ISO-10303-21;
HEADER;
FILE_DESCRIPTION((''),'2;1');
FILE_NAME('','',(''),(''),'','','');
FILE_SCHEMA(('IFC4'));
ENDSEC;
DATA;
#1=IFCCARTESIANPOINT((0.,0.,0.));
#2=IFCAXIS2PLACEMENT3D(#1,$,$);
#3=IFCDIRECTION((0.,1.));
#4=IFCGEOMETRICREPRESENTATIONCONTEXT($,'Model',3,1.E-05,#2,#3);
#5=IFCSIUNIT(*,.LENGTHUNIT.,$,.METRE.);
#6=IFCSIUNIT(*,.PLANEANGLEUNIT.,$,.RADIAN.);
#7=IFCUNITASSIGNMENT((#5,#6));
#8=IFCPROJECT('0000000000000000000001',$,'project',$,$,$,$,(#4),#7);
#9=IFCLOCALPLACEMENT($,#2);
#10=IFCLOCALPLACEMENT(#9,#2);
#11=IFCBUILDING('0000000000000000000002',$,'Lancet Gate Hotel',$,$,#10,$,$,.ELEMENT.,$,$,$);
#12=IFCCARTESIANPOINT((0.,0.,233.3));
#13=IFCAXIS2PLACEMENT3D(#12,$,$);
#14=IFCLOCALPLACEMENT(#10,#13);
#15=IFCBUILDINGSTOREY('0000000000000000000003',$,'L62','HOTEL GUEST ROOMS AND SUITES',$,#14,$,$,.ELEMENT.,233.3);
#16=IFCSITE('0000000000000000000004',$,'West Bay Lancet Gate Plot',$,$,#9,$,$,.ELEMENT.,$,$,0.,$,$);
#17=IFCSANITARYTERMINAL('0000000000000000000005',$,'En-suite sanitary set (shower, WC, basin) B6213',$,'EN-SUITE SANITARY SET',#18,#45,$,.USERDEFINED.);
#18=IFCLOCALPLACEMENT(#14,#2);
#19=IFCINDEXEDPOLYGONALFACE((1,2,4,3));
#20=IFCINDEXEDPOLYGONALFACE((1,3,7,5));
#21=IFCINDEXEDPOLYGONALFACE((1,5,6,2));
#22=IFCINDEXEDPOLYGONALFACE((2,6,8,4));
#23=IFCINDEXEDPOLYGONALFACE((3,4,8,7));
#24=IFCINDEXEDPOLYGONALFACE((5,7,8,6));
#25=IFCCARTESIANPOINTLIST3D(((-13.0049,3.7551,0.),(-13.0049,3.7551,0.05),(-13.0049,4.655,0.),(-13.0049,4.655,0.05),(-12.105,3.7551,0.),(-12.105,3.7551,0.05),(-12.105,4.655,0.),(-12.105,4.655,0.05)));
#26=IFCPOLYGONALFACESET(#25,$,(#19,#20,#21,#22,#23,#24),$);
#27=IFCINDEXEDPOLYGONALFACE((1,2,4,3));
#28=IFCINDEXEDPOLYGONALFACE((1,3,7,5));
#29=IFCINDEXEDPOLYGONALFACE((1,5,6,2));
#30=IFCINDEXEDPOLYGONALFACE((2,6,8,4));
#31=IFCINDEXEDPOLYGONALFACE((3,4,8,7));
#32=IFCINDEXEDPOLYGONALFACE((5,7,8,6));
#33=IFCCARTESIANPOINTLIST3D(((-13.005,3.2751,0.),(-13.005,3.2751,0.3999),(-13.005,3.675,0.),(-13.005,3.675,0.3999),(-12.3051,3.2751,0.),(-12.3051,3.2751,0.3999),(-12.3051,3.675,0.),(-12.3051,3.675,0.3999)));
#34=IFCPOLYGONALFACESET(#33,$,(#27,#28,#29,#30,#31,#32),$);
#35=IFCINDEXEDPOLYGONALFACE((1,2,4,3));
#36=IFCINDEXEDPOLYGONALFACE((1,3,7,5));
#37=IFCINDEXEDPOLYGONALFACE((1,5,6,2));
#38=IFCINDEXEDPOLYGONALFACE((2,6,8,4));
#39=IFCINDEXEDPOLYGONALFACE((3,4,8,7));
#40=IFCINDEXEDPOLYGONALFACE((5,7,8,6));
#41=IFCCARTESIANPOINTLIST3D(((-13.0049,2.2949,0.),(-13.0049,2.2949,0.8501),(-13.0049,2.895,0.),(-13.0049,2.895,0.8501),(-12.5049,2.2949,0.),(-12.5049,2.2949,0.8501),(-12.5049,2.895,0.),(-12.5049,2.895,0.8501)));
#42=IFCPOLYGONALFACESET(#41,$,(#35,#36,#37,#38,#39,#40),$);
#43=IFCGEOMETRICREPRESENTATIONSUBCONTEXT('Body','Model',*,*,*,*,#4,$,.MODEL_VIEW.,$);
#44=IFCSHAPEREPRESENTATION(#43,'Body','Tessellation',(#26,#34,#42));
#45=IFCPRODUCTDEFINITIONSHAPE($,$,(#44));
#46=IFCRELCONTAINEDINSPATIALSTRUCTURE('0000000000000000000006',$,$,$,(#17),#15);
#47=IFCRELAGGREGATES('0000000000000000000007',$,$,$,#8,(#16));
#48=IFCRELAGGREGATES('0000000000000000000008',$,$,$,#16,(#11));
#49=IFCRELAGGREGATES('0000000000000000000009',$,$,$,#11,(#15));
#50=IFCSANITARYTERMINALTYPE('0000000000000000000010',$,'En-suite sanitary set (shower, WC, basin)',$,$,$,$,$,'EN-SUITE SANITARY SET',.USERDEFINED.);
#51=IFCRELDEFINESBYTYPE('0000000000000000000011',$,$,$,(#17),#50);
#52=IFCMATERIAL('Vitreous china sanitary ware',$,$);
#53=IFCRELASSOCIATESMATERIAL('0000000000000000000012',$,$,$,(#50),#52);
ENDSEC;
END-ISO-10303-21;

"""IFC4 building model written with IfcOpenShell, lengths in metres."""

from ifc_helpers import new_model, si_unit, direction, frame, origin, origin_2d, place, context, subcontext, project, spatial, rectangle, extrude, material, type_object, element, save


model = new_model("IFC4")

# Units and contexts
model_context = context("Model", 3, precision=1e-05, world=origin(), true_north=direction((0.0, 1.0)))
body_context = subcontext(model_context, "Body", "Model", "MODEL_VIEW")
ifc_project = project(units=[si_unit("LENGTHUNIT", "METRE"), si_unit("PLANEANGLEUNIT", "RADIAN")], contexts=[model_context])

# Site, building, storey
site_placement = place(None, origin())
site = spatial("IfcSite", under=ifc_project, at=site_placement, Name="West Bay Lancet Gate Plot", CompositionType="ELEMENT", RefElevation=0.0)
building_placement = place(site_placement, origin())
building = spatial("IfcBuilding", under=site, at=building_placement, Name="Lancet Gate Hotel", CompositionType="ELEMENT")
storey_placement = place(building_placement, frame((0.0, 0.0, 233.3)))
storey = spatial("IfcBuildingStorey", under=building, at=storey_placement, Name="L62", Description="HOTEL GUEST ROOMS AND SUITES", CompositionType="ELEMENT", Elevation=233.3)

# Sanitary terminal
ifc_material_1 = material(Name="Vitreous china sanitary ware")
sanitary_terminal_type = type_object("IfcSanitaryTerminalType", Name="En-suite sanitary set (shower, WC, basin)", ElementType="EN-SUITE SANITARY SET", PredefinedType="USERDEFINED", material=ifc_material_1)
sanitary_terminal_placement = place(storey_placement, frame((-12.5549, 4.2051, 0.0), z_axis=(0.0, 0.0, 1.0), x_axis=(1.0, 0.0, 0.0)))
element("IfcSanitaryTerminal", 1, at=sanitary_terminal_placement, inside=storey, type_object=sanitary_terminal_type, Name="En-suite sanitary set (shower, WC, basin) B6213", ObjectType="EN-SUITE SANITARY SET", PredefinedType="USERDEFINED", context=body_context, shape_type="SweptSolid", body=[
    extrude(rectangle(XDim=0.8999, YDim=0.8999, at=origin_2d()), frame((0.0, 0.0, 0.0), z_axis=(0.0, 0.0, 1.0), x_axis=(0.0, 1.0, 0.0)), (0.0, 0.0, 1.0), 0.05),
    extrude(rectangle(XDim=0.3999, YDim=0.7, at=origin_2d()), frame((-0.1001, -0.73, 0.0), z_axis=(0.0, 0.0, 1.0), x_axis=(0.0, 1.0, 0.0)), (0.0, 0.0, 1.0), 0.3999),
    extrude(rectangle(XDim=0.6001, YDim=0.5, at=origin_2d()), frame((-0.2, -1.6101, 0.0), z_axis=(0.0, 0.0, 1.0), x_axis=(0.0, 1.0, 0.0)), (0.0, 0.0, 1.0), 0.8501),
])

save(model, "model.ifc")
